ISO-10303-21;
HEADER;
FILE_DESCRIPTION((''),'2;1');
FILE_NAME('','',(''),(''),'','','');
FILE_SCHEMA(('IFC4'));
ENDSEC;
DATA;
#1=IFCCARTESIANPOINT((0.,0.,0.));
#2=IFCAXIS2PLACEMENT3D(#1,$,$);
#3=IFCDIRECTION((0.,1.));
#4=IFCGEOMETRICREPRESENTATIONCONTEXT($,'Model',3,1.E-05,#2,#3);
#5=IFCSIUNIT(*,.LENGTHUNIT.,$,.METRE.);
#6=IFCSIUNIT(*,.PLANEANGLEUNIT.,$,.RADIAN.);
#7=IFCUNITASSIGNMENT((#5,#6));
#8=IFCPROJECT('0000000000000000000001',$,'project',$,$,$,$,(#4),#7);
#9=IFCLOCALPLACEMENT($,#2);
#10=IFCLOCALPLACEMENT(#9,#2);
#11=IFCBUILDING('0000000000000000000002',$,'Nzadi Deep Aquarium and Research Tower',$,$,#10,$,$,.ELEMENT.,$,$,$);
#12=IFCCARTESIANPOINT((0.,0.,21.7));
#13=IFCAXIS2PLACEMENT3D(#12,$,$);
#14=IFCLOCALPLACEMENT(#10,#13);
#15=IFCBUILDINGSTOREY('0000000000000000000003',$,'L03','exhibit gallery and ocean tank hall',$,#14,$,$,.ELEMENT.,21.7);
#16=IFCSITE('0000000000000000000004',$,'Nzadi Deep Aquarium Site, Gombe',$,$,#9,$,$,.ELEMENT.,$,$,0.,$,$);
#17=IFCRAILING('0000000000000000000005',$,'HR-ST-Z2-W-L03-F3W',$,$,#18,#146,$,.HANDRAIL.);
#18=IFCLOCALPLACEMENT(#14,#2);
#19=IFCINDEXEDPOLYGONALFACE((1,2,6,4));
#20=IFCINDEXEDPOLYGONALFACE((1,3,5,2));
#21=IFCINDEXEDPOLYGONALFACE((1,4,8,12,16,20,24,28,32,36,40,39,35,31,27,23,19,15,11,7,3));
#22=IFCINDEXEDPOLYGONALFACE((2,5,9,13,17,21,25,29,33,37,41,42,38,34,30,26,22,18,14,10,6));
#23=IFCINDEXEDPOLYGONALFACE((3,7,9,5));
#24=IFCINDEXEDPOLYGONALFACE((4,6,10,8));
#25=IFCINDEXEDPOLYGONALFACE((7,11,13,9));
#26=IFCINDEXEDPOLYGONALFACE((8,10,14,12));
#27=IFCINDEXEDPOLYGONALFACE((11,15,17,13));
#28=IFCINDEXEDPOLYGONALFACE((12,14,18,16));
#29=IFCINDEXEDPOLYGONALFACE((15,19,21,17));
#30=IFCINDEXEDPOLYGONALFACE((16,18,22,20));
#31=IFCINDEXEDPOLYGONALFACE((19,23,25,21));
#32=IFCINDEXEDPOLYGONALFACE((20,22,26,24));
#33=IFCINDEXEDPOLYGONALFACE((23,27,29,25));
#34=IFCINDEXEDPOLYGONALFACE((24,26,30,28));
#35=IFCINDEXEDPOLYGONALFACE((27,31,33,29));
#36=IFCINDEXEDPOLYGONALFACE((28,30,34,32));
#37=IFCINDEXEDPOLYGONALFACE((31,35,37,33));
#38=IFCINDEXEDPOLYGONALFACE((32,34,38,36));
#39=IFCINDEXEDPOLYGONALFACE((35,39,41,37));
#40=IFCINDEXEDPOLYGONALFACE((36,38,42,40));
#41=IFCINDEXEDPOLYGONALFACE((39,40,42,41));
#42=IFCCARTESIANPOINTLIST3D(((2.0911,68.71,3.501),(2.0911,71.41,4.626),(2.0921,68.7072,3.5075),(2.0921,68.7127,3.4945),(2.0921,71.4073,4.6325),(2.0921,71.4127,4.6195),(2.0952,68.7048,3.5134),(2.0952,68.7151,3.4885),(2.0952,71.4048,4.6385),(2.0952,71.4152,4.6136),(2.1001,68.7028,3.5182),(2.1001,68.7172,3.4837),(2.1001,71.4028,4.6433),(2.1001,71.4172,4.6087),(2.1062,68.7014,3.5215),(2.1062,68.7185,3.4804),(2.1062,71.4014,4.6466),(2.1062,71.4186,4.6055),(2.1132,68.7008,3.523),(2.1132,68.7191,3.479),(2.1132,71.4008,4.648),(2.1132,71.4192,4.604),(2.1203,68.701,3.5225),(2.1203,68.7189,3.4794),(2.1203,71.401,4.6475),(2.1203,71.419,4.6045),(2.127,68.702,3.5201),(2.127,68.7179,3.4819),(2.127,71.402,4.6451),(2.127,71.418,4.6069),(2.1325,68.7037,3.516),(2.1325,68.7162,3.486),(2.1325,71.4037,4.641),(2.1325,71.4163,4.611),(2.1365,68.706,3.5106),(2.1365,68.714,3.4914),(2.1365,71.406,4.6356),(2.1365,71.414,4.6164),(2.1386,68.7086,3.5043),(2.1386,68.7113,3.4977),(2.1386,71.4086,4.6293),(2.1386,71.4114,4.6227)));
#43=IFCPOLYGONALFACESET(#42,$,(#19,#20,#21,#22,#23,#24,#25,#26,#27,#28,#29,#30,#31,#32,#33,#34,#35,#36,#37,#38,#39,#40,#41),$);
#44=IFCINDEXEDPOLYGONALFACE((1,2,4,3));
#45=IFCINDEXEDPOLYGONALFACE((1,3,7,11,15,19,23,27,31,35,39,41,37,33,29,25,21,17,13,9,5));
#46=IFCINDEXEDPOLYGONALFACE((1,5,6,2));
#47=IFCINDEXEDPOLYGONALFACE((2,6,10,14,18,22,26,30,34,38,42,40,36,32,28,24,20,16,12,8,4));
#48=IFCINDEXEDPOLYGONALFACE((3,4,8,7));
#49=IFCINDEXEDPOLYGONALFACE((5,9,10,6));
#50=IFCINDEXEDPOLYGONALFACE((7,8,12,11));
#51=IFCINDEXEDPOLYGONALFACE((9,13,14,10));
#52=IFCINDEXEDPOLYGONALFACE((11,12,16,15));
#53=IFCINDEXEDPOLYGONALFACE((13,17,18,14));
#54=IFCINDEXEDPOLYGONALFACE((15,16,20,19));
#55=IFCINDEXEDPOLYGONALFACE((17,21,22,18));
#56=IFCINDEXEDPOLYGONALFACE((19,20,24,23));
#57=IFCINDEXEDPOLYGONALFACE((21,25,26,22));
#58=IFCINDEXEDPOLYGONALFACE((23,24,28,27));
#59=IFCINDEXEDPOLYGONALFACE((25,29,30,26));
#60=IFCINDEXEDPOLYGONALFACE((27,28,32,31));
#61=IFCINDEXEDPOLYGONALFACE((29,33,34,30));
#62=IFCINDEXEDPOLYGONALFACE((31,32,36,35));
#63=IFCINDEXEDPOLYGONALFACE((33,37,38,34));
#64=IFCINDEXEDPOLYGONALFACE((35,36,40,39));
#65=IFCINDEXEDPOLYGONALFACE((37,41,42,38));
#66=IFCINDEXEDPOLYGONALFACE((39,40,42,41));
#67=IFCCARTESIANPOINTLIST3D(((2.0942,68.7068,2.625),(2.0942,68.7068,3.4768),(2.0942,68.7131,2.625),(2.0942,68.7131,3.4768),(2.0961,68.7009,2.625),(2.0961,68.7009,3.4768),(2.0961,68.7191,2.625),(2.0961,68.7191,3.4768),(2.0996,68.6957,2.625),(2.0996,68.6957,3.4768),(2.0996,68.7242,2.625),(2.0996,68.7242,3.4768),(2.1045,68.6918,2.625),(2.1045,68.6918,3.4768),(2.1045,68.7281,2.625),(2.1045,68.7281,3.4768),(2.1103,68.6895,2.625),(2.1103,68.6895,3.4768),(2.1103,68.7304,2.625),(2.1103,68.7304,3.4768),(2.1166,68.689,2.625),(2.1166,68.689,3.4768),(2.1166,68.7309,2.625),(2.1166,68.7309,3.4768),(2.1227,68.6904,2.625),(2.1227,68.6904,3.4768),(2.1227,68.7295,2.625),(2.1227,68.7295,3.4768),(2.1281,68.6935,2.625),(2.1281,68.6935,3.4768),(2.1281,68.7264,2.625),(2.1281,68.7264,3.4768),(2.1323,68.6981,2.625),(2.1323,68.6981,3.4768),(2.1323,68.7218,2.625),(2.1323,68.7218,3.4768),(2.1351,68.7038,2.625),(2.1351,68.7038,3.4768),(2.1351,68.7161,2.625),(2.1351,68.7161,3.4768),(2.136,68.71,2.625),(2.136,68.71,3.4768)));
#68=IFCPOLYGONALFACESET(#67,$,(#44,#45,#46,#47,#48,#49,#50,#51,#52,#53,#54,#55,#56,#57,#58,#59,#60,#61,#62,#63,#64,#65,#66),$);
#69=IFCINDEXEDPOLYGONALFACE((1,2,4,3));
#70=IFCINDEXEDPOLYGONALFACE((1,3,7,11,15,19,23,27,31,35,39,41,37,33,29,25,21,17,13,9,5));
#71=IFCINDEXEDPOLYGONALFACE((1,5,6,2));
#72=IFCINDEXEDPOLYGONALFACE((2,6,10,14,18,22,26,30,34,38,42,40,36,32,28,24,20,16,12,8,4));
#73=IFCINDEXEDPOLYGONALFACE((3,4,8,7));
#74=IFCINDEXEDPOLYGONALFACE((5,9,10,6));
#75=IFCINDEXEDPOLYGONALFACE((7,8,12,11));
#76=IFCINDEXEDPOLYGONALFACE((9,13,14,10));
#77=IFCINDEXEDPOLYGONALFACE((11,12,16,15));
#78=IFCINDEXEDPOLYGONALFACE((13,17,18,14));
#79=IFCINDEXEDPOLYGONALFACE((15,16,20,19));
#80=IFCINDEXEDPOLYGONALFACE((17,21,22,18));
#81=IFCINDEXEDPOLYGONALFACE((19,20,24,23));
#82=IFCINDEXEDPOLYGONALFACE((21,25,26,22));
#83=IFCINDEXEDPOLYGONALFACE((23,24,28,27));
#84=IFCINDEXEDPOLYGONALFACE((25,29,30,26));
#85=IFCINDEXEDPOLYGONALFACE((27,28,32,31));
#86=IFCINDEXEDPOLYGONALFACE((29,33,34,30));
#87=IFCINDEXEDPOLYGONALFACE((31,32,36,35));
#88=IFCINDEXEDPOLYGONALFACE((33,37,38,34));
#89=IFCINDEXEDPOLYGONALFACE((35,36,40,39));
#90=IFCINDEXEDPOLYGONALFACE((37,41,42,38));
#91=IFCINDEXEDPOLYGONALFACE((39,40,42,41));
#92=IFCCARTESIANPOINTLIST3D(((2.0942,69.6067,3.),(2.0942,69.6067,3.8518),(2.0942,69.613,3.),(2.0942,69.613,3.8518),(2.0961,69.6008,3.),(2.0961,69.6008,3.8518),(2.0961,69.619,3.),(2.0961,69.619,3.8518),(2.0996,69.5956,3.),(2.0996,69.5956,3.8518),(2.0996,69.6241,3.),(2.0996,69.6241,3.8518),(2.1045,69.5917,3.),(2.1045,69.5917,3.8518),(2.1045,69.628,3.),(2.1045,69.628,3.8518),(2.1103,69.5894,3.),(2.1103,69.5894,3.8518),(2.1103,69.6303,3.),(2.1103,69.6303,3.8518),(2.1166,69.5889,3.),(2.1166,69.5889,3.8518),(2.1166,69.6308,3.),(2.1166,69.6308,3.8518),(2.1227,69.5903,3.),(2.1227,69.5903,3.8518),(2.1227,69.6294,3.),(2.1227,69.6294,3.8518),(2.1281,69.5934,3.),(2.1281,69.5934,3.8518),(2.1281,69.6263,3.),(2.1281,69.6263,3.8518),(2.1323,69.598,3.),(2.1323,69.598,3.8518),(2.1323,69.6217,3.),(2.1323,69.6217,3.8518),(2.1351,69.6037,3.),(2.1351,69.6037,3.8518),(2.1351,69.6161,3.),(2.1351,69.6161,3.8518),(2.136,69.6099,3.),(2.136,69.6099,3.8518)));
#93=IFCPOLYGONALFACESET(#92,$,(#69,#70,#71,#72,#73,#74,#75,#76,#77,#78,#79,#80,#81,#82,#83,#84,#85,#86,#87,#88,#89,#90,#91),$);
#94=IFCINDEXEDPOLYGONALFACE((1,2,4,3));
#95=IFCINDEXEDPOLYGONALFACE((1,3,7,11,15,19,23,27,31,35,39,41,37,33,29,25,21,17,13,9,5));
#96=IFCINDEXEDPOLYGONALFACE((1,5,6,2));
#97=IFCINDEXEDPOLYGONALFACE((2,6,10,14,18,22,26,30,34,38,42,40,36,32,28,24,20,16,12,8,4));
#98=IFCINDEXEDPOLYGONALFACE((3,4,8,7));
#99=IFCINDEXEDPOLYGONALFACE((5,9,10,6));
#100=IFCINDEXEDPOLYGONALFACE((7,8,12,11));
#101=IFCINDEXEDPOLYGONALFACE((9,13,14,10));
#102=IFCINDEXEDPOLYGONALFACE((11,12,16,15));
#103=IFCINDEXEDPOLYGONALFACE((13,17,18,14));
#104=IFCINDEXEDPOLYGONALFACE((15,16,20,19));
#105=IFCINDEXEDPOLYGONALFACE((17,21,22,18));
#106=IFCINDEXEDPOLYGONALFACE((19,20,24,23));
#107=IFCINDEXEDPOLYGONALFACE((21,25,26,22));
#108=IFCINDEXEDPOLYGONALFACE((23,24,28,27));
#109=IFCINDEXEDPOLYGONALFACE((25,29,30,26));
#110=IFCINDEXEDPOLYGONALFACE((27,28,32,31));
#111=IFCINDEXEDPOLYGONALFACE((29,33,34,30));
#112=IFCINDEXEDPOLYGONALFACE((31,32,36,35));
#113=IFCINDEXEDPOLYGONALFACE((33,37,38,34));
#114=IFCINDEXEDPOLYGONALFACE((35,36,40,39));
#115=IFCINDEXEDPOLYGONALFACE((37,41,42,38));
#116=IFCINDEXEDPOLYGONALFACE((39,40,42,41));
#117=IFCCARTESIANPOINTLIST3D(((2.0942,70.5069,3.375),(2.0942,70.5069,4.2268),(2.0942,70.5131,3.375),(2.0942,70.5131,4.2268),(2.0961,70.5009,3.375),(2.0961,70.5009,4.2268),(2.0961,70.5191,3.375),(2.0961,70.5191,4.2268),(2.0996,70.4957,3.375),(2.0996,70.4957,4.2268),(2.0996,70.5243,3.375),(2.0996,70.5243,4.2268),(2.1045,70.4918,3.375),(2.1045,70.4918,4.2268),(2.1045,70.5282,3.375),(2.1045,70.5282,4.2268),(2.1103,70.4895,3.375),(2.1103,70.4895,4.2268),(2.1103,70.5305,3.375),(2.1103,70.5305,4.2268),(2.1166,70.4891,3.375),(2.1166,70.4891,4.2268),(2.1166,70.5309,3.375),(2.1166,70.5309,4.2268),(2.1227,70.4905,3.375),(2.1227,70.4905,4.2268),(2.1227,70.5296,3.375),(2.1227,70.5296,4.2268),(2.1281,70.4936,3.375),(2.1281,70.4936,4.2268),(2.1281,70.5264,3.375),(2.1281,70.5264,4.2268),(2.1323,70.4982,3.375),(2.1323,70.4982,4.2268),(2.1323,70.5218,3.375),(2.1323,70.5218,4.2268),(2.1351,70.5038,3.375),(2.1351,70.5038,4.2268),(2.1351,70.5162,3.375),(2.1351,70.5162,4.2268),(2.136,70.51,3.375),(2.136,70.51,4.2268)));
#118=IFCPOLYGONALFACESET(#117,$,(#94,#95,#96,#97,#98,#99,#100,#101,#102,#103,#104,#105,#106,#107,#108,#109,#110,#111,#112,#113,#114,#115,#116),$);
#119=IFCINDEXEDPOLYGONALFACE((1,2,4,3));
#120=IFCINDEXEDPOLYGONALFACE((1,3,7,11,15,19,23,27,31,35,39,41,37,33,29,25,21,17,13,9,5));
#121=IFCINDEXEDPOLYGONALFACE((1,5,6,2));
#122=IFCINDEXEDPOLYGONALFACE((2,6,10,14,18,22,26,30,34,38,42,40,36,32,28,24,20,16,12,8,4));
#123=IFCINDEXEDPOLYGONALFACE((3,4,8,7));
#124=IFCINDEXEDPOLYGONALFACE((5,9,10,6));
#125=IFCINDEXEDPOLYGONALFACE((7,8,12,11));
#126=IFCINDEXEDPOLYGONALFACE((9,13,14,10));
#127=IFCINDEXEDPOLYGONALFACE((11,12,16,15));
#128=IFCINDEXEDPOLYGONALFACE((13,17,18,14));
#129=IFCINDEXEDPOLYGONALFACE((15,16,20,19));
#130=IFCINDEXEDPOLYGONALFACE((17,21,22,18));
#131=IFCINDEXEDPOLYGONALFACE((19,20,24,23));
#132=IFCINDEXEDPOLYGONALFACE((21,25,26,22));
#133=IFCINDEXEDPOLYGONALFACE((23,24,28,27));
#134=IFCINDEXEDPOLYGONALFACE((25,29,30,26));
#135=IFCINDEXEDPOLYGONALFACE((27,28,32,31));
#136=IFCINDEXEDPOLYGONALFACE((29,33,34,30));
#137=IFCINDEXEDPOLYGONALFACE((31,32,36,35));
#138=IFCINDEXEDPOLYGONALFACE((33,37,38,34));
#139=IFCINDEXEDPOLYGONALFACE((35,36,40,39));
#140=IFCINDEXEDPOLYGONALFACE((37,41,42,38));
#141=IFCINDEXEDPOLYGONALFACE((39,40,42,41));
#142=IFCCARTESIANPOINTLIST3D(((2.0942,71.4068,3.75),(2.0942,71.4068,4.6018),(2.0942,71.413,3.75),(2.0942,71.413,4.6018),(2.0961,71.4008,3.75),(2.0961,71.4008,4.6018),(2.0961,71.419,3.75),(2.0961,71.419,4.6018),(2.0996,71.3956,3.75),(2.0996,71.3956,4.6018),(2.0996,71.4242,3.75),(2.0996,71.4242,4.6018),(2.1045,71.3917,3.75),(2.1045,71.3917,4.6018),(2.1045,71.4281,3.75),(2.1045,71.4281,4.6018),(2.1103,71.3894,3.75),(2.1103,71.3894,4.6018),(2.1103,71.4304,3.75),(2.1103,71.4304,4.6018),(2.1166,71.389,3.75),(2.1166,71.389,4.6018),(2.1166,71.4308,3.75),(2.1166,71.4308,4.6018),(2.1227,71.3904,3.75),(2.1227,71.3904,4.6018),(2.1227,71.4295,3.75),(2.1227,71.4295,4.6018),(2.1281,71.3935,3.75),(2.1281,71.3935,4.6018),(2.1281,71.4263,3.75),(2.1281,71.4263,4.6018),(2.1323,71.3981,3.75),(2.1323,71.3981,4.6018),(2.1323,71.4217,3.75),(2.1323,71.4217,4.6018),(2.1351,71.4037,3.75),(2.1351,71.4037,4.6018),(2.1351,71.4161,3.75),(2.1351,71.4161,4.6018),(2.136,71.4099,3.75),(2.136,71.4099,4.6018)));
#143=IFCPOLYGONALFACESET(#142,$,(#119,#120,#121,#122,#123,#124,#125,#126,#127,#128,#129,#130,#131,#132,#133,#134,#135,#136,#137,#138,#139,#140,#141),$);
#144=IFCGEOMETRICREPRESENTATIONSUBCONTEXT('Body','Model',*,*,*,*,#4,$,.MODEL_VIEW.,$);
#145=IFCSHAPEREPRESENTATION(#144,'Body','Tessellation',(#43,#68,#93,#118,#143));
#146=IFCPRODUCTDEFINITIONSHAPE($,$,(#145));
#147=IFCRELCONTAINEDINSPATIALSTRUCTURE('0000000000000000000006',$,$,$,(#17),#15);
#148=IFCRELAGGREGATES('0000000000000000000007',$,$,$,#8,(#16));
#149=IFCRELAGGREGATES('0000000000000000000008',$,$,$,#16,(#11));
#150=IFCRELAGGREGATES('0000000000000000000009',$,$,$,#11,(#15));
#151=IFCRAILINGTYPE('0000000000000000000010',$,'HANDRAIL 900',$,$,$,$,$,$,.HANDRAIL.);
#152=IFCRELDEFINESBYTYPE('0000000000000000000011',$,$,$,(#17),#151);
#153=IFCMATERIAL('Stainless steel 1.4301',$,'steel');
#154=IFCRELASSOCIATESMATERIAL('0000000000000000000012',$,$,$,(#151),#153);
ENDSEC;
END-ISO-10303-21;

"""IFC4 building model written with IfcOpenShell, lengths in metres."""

from ifc_helpers import new_model, si_unit, direction, frame, origin, origin_2d, place, context, subcontext, project, spatial, circle, extrude, material, type_object, element, save


model = new_model("IFC4")

# Units and contexts
model_context = context("Model", 3, precision=1e-05, world=origin(), true_north=direction((0.0, 1.0)))
body_context = subcontext(model_context, "Body", "Model", "MODEL_VIEW")
ifc_project = project(units=[si_unit("LENGTHUNIT", "METRE"), si_unit("PLANEANGLEUNIT", "RADIAN")], contexts=[model_context])

# Site, building, storey
site_placement = place(None, origin())
site = spatial("IfcSite", under=ifc_project, at=site_placement, Name="Nzadi Deep Aquarium Site, Gombe", CompositionType="ELEMENT", RefElevation=0.0)
building_placement = place(site_placement, origin())
building = spatial("IfcBuilding", under=site, at=building_placement, Name="Nzadi Deep Aquarium and Research Tower", CompositionType="ELEMENT")
storey_placement = place(building_placement, frame((0.0, 0.0, 21.7)))
storey = spatial("IfcBuildingStorey", under=building, at=storey_placement, Name="L03", Description="exhibit gallery and ocean tank hall", CompositionType="ELEMENT", Elevation=21.7)

# Railing
ifc_material_1 = material(Name="Stainless steel 1.4301", Category="steel")
railing_type = type_object("IfcRailingType", Name="HANDRAIL 900", PredefinedType="HANDRAIL", material=ifc_material_1)
for number, where, name in (
    (1, (2.115, 68.71, 2.625), "HR-ST-Z2-W-L03-F3W"),
):
    element("IfcRailing", number, at=place(storey_placement, frame(where)), inside=storey, type_object=railing_type, Name=name, PredefinedType="HANDRAIL", context=body_context, shape_type="SweptSolid", body=[
        extrude(circle(Radius=0.0239, at=origin_2d()), frame((0.0, 0.0, 0.876), z_axis=(0.0, 0.923074, 0.384621), x_axis=(-1.0, 0.0, 0.0)), (0.0, 0.0, 1.0), 2.925),
        extrude(circle(Radius=0.021, at=origin_2d()), origin(), (0.0, 0.0, 1.0), 0.8518),
        extrude(circle(Radius=0.021, at=origin_2d()), frame((0.0, 0.8999, 0.375)), (0.0, 0.0, 1.0), 0.8518),
        extrude(circle(Radius=0.021, at=origin_2d()), frame((0.0, 1.8, 0.75)), (0.0, 0.0, 1.0), 0.8518),
        extrude(circle(Radius=0.021, at=origin_2d()), frame((0.0, 2.7, 1.125)), (0.0, 0.0, 1.0), 0.8518),
    ])

save(model, "model.ifc")
